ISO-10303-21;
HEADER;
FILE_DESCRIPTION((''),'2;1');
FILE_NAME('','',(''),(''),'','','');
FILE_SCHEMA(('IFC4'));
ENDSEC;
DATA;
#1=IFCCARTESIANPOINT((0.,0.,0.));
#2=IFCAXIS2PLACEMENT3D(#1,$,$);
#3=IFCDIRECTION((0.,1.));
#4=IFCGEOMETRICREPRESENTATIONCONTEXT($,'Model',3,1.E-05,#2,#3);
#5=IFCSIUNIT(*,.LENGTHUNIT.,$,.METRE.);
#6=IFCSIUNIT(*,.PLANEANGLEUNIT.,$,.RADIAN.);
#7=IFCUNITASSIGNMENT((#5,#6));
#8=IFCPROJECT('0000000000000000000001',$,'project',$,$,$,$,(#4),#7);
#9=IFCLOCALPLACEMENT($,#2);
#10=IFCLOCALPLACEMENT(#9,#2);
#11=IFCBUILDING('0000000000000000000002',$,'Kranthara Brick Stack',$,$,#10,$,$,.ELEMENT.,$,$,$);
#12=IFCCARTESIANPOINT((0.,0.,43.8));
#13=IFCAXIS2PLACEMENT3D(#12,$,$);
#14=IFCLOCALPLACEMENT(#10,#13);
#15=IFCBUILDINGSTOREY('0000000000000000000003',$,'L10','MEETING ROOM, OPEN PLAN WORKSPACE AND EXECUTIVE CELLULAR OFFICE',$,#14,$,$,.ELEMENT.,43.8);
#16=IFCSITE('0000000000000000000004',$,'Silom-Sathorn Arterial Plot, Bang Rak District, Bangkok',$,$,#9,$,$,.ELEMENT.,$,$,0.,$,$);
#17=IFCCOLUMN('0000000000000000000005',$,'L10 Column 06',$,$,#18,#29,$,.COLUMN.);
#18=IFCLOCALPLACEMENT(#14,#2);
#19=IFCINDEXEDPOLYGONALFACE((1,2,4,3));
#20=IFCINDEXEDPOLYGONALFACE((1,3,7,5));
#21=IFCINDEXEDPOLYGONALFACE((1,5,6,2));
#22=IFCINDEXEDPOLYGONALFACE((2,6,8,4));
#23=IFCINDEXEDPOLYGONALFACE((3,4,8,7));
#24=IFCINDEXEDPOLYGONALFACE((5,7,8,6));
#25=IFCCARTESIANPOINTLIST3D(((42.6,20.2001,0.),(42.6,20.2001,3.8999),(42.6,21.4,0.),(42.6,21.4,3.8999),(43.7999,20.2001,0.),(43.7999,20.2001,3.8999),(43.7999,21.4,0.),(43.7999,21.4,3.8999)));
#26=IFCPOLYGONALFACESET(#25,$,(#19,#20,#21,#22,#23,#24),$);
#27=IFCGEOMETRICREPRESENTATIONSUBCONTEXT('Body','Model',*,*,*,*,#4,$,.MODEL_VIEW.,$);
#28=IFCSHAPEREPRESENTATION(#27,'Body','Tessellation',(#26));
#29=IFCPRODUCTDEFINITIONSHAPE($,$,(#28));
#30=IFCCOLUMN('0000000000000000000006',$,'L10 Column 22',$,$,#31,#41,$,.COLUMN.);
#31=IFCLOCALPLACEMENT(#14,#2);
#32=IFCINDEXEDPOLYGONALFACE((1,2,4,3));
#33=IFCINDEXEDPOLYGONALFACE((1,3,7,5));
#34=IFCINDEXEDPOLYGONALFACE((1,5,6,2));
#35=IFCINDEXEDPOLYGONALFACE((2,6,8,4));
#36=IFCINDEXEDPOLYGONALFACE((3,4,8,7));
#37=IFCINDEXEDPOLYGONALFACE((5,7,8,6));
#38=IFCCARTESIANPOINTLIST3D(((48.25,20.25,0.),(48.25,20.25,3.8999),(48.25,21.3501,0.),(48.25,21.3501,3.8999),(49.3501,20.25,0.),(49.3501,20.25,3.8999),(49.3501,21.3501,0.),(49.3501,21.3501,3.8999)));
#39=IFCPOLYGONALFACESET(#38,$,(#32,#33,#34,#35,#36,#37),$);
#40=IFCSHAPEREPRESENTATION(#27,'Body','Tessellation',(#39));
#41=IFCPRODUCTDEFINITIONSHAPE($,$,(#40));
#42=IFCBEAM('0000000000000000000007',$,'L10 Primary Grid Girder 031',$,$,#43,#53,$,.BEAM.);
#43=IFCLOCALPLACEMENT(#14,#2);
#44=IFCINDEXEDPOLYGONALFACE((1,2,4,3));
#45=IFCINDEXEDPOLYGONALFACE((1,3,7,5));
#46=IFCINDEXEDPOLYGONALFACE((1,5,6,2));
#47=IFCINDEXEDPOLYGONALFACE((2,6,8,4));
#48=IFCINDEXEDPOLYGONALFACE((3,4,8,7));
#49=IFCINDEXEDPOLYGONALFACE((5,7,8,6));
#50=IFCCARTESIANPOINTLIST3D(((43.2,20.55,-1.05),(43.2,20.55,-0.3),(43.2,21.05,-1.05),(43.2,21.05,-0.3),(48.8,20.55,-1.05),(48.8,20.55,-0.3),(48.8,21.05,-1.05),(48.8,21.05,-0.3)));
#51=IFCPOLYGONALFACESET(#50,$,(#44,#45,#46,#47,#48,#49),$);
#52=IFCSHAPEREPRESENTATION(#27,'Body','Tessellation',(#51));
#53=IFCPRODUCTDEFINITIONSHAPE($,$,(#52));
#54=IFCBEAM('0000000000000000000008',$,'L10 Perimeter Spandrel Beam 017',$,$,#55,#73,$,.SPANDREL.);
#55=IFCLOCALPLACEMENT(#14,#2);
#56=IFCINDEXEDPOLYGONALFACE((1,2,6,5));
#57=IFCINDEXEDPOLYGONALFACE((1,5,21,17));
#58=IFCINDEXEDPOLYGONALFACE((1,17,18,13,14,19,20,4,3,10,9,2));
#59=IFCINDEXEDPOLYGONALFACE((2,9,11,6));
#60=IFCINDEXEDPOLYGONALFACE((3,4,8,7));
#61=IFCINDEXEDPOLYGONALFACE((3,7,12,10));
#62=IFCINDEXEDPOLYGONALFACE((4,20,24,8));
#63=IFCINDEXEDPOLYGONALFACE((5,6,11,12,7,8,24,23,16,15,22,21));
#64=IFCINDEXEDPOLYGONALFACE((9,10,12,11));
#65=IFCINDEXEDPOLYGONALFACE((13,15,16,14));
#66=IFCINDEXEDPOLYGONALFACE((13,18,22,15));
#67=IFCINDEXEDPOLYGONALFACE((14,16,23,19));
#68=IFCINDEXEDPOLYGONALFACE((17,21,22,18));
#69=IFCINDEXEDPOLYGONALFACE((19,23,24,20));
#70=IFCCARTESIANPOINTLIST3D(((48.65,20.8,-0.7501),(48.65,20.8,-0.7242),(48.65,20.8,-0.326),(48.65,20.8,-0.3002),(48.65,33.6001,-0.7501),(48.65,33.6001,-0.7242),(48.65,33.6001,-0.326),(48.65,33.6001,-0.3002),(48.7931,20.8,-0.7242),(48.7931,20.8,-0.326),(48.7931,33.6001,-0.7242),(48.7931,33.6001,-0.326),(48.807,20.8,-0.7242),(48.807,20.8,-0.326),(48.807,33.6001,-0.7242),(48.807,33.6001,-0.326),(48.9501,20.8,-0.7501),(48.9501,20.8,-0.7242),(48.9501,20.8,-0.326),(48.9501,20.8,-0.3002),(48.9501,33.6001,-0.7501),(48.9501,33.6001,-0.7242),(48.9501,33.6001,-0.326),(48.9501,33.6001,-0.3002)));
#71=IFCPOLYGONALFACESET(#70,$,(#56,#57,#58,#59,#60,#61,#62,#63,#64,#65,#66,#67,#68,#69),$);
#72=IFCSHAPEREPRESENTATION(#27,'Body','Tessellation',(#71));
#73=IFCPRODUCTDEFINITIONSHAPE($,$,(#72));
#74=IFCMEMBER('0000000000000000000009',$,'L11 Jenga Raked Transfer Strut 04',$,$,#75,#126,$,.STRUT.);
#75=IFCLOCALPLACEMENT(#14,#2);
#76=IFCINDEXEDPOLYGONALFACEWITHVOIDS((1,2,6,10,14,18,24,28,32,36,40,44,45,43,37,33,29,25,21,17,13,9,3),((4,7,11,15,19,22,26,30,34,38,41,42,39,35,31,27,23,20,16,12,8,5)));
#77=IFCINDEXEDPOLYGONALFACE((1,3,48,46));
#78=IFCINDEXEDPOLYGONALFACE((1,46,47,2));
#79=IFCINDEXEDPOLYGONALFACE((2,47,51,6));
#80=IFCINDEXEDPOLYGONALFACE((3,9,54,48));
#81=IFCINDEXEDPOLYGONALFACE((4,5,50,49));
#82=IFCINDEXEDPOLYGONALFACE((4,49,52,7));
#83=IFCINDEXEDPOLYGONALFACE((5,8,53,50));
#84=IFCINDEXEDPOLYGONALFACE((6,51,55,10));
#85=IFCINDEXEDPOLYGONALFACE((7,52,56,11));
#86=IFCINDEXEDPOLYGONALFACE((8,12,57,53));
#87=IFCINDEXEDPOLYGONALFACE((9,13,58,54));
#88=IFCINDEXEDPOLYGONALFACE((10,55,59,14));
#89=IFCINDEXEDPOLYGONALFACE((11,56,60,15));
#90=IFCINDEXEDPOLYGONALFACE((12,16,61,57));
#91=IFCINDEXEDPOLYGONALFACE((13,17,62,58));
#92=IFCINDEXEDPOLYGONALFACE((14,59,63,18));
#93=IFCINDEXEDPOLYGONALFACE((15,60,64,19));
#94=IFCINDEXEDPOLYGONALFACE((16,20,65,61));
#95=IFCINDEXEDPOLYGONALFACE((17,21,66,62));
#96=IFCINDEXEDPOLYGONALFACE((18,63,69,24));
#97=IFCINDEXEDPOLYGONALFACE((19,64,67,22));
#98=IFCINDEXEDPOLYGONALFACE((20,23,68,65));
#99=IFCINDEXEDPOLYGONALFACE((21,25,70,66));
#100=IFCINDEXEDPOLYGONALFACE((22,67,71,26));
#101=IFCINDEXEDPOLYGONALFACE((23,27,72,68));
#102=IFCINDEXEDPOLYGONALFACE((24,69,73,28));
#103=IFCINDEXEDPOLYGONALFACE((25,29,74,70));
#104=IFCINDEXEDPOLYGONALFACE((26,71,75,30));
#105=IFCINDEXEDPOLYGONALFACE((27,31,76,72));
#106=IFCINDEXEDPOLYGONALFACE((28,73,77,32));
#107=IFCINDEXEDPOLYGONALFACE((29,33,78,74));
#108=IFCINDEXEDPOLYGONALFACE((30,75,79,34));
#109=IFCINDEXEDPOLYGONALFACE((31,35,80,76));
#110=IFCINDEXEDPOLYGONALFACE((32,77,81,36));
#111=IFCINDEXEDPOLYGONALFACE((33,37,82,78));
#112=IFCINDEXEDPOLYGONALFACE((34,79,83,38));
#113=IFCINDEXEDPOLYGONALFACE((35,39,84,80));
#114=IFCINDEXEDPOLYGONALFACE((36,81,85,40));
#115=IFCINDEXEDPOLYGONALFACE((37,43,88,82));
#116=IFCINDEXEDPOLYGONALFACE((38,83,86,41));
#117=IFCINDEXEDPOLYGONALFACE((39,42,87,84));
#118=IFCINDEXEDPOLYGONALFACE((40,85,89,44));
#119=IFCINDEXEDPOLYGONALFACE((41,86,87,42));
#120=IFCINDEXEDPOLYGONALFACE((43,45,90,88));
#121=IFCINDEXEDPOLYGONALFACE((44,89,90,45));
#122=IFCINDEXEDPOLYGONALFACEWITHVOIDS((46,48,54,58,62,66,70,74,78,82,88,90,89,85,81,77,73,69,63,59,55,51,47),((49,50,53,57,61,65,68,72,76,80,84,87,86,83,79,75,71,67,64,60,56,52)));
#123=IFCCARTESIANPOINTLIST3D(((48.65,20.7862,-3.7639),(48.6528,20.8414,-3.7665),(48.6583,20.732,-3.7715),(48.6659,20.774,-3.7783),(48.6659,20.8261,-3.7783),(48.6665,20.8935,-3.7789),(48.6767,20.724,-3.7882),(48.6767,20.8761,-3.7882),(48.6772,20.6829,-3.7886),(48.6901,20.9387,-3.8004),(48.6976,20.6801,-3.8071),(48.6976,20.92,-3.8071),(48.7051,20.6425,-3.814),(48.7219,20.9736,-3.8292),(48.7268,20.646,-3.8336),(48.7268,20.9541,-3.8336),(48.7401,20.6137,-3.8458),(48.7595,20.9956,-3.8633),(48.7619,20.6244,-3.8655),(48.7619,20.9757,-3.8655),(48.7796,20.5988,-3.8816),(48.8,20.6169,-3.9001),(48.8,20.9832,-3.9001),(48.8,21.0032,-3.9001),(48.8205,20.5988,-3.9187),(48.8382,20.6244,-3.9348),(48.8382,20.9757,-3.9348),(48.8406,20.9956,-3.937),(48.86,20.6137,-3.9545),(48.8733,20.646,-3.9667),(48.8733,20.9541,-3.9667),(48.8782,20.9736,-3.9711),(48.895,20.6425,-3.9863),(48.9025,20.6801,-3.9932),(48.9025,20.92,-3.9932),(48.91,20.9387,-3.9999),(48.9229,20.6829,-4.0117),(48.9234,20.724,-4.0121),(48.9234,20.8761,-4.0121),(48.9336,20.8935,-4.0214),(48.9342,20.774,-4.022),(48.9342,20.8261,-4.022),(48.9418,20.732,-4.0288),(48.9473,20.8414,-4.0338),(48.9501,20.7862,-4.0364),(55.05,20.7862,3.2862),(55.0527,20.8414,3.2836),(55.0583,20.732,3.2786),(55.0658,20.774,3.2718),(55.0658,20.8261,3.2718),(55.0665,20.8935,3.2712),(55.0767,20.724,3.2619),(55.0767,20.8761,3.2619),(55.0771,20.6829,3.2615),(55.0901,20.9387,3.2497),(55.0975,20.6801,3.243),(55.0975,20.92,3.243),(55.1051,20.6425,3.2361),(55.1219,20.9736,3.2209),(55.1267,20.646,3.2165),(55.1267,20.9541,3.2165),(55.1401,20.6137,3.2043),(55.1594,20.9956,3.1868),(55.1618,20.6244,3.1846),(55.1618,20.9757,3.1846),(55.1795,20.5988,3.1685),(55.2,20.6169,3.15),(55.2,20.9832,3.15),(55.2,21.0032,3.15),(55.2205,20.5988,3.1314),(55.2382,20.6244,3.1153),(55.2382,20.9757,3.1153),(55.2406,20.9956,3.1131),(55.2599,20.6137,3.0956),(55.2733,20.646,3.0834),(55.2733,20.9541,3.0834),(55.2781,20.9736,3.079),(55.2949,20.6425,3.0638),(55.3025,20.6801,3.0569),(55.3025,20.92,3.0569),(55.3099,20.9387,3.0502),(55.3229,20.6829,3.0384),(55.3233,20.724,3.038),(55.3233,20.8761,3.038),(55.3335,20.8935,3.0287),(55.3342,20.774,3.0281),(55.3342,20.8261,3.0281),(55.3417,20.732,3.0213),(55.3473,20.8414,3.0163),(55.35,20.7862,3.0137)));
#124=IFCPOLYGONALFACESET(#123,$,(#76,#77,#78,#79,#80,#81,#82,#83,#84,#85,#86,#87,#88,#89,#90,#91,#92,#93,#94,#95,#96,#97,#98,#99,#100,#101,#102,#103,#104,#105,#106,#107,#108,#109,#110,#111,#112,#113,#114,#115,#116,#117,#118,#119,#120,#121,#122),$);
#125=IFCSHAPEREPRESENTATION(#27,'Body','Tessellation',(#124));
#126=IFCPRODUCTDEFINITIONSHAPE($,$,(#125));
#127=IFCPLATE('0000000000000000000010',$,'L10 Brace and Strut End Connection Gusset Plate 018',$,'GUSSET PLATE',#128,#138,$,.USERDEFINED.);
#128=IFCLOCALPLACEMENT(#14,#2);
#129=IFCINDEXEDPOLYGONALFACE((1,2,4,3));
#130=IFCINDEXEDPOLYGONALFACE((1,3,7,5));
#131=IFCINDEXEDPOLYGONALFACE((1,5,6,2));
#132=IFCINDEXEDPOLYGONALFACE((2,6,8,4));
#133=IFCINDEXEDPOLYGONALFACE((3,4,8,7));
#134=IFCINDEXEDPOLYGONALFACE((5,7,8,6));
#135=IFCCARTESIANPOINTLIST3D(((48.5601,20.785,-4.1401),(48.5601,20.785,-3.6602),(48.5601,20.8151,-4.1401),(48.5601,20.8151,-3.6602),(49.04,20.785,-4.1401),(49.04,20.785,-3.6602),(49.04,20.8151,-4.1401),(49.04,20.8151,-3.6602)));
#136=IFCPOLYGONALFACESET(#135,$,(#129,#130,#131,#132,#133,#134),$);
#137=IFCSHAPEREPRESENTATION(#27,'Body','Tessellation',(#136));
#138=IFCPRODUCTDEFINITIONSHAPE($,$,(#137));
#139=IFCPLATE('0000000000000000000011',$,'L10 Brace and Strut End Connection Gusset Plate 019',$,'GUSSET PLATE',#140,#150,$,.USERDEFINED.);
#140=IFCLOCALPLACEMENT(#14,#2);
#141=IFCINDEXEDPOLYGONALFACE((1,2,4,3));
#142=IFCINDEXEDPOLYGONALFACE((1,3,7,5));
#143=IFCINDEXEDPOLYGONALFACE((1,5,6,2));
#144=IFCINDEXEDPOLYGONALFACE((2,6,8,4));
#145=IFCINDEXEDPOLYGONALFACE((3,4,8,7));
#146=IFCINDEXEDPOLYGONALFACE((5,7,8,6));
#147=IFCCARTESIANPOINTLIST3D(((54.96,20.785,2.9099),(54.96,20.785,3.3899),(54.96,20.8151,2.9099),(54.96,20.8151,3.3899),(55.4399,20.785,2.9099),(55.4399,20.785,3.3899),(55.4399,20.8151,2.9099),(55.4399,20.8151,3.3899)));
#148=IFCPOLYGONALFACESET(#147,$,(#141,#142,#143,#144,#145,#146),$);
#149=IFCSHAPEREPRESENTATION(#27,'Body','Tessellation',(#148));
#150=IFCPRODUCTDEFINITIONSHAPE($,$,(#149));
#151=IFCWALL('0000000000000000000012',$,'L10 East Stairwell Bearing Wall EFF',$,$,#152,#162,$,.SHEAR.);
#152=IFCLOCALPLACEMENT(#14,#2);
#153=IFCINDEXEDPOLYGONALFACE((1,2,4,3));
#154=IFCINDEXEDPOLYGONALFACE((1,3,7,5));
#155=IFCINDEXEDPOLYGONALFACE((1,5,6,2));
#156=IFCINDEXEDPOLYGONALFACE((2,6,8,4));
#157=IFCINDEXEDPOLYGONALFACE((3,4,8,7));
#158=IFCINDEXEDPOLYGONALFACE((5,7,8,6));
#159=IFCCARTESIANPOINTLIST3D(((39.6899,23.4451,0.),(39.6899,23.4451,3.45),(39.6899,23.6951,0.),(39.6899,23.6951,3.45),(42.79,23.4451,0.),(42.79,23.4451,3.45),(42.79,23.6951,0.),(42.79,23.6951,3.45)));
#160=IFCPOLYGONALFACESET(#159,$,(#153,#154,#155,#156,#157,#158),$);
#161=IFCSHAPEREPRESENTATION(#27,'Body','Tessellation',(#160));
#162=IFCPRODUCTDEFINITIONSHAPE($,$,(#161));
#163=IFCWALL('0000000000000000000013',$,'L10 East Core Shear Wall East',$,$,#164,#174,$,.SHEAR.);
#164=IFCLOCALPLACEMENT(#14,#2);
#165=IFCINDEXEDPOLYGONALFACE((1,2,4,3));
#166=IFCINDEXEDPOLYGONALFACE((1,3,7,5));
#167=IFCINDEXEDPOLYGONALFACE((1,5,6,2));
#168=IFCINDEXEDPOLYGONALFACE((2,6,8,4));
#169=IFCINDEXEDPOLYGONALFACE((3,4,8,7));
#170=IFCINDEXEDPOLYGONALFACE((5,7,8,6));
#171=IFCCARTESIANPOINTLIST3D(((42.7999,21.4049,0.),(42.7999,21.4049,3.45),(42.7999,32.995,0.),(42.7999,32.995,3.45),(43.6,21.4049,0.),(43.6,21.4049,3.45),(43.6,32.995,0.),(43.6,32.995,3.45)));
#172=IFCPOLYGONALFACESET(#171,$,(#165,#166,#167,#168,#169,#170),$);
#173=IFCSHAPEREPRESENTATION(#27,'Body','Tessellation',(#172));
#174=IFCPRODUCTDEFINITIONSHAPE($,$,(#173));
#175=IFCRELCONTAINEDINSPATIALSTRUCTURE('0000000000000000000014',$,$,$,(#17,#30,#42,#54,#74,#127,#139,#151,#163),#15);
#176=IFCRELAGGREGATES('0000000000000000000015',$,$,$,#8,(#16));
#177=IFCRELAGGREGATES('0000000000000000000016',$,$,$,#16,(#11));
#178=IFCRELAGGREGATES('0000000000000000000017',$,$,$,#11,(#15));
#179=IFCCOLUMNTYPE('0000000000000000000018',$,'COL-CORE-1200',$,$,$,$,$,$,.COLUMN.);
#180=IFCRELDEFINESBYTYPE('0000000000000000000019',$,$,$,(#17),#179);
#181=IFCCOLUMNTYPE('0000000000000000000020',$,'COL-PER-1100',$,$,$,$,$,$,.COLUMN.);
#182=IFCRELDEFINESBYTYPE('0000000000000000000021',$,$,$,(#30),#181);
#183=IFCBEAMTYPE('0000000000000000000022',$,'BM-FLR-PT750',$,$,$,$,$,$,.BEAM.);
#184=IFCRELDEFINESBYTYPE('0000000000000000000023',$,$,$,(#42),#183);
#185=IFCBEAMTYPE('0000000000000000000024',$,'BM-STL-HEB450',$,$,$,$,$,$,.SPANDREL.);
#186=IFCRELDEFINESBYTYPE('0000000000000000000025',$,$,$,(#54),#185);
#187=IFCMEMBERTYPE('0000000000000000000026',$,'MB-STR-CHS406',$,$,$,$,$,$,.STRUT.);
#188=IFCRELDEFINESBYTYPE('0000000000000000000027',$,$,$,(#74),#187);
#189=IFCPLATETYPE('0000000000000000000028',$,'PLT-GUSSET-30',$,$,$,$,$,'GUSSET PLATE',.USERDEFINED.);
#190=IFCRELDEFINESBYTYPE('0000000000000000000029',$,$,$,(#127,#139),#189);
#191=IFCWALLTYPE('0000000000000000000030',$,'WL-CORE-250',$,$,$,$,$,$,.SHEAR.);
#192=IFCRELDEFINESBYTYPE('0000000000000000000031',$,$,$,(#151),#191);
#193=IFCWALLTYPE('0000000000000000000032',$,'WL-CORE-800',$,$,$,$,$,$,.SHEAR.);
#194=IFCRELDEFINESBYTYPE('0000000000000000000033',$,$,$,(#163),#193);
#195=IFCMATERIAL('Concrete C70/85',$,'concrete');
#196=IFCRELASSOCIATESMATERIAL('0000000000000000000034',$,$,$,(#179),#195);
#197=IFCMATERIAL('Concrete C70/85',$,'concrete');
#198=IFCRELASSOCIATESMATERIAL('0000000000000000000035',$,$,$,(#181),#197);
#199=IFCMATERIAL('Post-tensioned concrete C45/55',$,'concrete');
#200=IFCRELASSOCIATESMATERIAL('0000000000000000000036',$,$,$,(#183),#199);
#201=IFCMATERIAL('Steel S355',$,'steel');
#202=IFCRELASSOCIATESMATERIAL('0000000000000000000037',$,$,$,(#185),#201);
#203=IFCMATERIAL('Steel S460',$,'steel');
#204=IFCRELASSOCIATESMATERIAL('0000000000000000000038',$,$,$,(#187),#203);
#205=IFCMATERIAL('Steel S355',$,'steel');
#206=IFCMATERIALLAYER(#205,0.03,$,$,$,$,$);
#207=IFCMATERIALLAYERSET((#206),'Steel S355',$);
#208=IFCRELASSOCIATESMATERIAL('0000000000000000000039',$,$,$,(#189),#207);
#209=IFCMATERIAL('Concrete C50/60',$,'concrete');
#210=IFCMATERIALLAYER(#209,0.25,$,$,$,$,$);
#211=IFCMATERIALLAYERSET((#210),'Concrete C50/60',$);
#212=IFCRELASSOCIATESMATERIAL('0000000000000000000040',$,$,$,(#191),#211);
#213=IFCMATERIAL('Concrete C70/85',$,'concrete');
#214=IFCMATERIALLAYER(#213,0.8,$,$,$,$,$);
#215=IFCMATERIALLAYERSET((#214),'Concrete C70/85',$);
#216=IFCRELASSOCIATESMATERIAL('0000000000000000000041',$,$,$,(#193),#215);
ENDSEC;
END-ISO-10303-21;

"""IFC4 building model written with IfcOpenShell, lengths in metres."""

from ifc_helpers import new_model, si_unit, direction, frame, frame_2d, origin, origin_2d, place, context, subcontext, project, spatial, rectangle, hollow_circle, i_section, extrude, material, layer, layer_set, material_profile, profile_set, type_object, element, save


model = new_model("IFC4")

# Units and contexts
model_context = context("Model", 3, precision=1e-05, world=origin(), true_north=direction((0.0, 1.0)))
body_context = subcontext(model_context, "Body", "Model", "MODEL_VIEW")
ifc_project = project(units=[si_unit("LENGTHUNIT", "METRE"), si_unit("PLANEANGLEUNIT", "RADIAN")], contexts=[model_context])

# Site, building, storey
site_placement = place(None, origin())
site = spatial("IfcSite", under=ifc_project, at=site_placement, Name="Silom-Sathorn Arterial Plot, Bang Rak District, Bangkok", CompositionType="ELEMENT", RefElevation=0.0)
building_placement = place(site_placement, origin())
building = spatial("IfcBuilding", under=site, at=building_placement, Name="Kranthara Brick Stack", CompositionType="ELEMENT")
storey_placement = place(building_placement, frame((0.0, 0.0, 43.8)))
storey = spatial("IfcBuildingStorey", under=building, at=storey_placement, Name="L10", Description="MEETING ROOM, OPEN PLAN WORKSPACE AND EXECUTIVE CELLULAR OFFICE", CompositionType="ELEMENT", Elevation=43.8)

# Columns
ifc_material_1 = material(Name="Concrete C70/85", Category="concrete")
ifc_material_profile_1 = material_profile(ifc_material_1, rectangle(XDim=1.2, YDim=1.2, at=origin_2d()), Name="RC 1200x1200")
ifc_profile_set_1 = profile_set([ifc_material_profile_1], Name="Concrete C70/85")
column_type_1 = type_object("IfcColumnType", Name="COL-CORE-1200", PredefinedType="COLUMN", material=ifc_profile_set_1)
column_1_placement = place(storey_placement, frame((43.2, 20.8, 0.0), z_axis=(0.0, 0.0, 1.0), x_axis=(1.0, 0.0, 0.0)))
element("IfcColumn", 1, at=column_1_placement, inside=storey, type_object=column_type_1, Name="L10 Column 06", PredefinedType="COLUMN", context=body_context, shape_type="SweptSolid", body=[
    extrude(rectangle(XDim=1.2, YDim=1.2, at=origin_2d()), origin(), (0.0, 0.0, 1.0), 3.8999),
])
ifc_material_2 = material(Name="Concrete C70/85", Category="concrete")
ifc_material_profile_2 = material_profile(ifc_material_2, rectangle(XDim=1.1001, YDim=1.1001, at=origin_2d()), Name="RC 1100x1100")
ifc_profile_set_2 = profile_set([ifc_material_profile_2], Name="Concrete C70/85")
column_type_2 = type_object("IfcColumnType", Name="COL-PER-1100", PredefinedType="COLUMN", material=ifc_profile_set_2)
column_2_placement = place(storey_placement, frame((48.8, 20.8, 0.0), z_axis=(0.0, 0.0, 1.0), x_axis=(1.0, 0.0, 0.0)))
element("IfcColumn", 2, at=column_2_placement, inside=storey, type_object=column_type_2, Name="L10 Column 22", PredefinedType="COLUMN", context=body_context, shape_type="SweptSolid", body=[
    extrude(rectangle(XDim=1.1001, YDim=1.1001, at=origin_2d()), origin(), (0.0, 0.0, 1.0), 3.8999),
])

# Beams
ifc_material_3 = material(Name="Post-tensioned concrete C45/55", Category="concrete")
ifc_material_profile_3 = material_profile(ifc_material_3, rectangle(XDim=0.5, YDim=0.75, at=origin_2d()), Name="PT 500x750")
ifc_profile_set_3 = profile_set([ifc_material_profile_3], Name="Post-tensioned concrete C45/55")
beam_type_1 = type_object("IfcBeamType", Name="BM-FLR-PT750", PredefinedType="BEAM", material=ifc_profile_set_3)
beam_1_placement = place(storey_placement, frame((43.2, 20.8, -0.675), z_axis=(1.0, 0.0, 0.0), x_axis=(0.0, 1.0, 0.0)))
element("IfcBeam", 3, at=beam_1_placement, inside=storey, type_object=beam_type_1, Name="L10 Primary Grid Girder 031", PredefinedType="BEAM", context=body_context, shape_type="SweptSolid", body=[
    extrude(rectangle(XDim=0.5, YDim=0.75, at=origin_2d()), origin(), (0.0, 0.0, 1.0), 5.6001),
])
ifc_material_4 = material(Name="Steel S355", Category="steel")
ifc_material_profile_4 = material_profile(ifc_material_4, i_section(OverallWidth=0.3, OverallDepth=0.45, WebThickness=0.0139, FlangeThickness=0.0259, at=origin_2d()), Name="HEB 450")
ifc_profile_set_4 = profile_set([ifc_material_profile_4], Name="Steel S355")
beam_type_2 = type_object("IfcBeamType", Name="BM-STL-HEB450", PredefinedType="SPANDREL", material=ifc_profile_set_4)
beam_2_placement = place(storey_placement, frame((48.8, 20.8, -0.5251), z_axis=(0.0, 1.0, 0.0), x_axis=(-1.0, 0.0, 0.0)))
element("IfcBeam", 4, at=beam_2_placement, inside=storey, type_object=beam_type_2, Name="L10 Perimeter Spandrel Beam 017", PredefinedType="SPANDREL", context=body_context, shape_type="SweptSolid", body=[
    extrude(i_section(OverallWidth=0.3, OverallDepth=0.45, WebThickness=0.0139, FlangeThickness=0.0259, at=origin_2d()), origin(), (0.0, 0.0, 1.0), 12.8),
])

# Member
ifc_material_5 = material(Name="Steel S460", Category="steel")
ifc_material_profile_5 = material_profile(ifc_material_5, hollow_circle(Radius=0.2031, WallThickness=0.02, at=origin_2d()), Name="CHS 406.4x20")
ifc_profile_set_5 = profile_set([ifc_material_profile_5], Name="Steel S460")
member_type = type_object("IfcMemberType", Name="MB-STR-CHS406", PredefinedType="STRUT", material=ifc_profile_set_5)
member_placement = place(storey_placement, frame((48.8, 20.8, -3.9001), z_axis=(0.672142, 0.0, 0.740423), x_axis=(0.0, 1.0, 0.0)))
element("IfcMember", 5, at=member_placement, inside=storey, type_object=member_type, Name="L11 Jenga Raked Transfer Strut 04", PredefinedType="STRUT", context=body_context, shape_type="SweptSolid", body=[
    extrude(hollow_circle(Radius=0.2031, WallThickness=0.02, at=origin_2d()), origin(), (0.0, 0.0, 1.0), 9.5217),
])

# Plates
ifc_material_6 = material(Name="Steel S355", Category="steel")
ifc_layer_1 = layer(ifc_material_6, 0.03)
ifc_layer_set_1 = layer_set([ifc_layer_1], Name="Steel S355")
plate_type = type_object("IfcPlateType", Name="PLT-GUSSET-30", ElementType="GUSSET PLATE", PredefinedType="USERDEFINED", material=ifc_layer_set_1)
for number, where, z_axis, x_axis, name in (
    (6, (48.8, 20.8, -4.1401), (0.0, 0.0, 1.0), (1.0, 0.0, 0.0), "L10 Brace and Strut End Connection Gusset Plate 018"),
    (7, (55.2, 20.8, 2.9099), (0.0, 0.0, 1.0), (1.0, 0.0, 0.0), "L10 Brace and Strut End Connection Gusset Plate 019"),
):
    element("IfcPlate", number, at=place(storey_placement, frame(where, z_axis=z_axis, x_axis=x_axis)), inside=storey, type_object=plate_type, Name=name, ObjectType="GUSSET PLATE", PredefinedType="USERDEFINED", context=body_context, shape_type="SweptSolid", body=[
        extrude(rectangle(XDim=0.48, YDim=0.03, at=origin_2d()), origin(), (0.0, 0.0, 1.0), 0.48),
    ])

# Shared definitions
ifc_material_7 = material(Name="Concrete C50/60", Category="concrete")
ifc_layer_2 = layer(ifc_material_7, 0.25)
ifc_layer_set_2 = layer_set([ifc_layer_2], Name="Concrete C50/60")
wall_type_1 = type_object("IfcWallType", Name="WL-CORE-250", PredefinedType="SHEAR", material=ifc_layer_set_2)

# Walls
wall_1_placement = place(storey_placement, frame((39.6899, 23.5701, 0.0), z_axis=(0.0, 0.0, 1.0), x_axis=(1.0, 0.0, 0.0)))
element("IfcWall", 8, at=wall_1_placement, inside=storey, type_object=wall_type_1, Name="L10 East Stairwell Bearing Wall EFF", PredefinedType="SHEAR", context=body_context, shape_type="SweptSolid", body=[
    extrude(rectangle(XDim=3.1001, YDim=0.25, at=frame_2d((1.55, 0.0))), origin(), (0.0, 0.0, 1.0), 3.45),
])
ifc_material_8 = material(Name="Concrete C70/85", Category="concrete")
ifc_layer_3 = layer(ifc_material_8, 0.8)
ifc_layer_set_3 = layer_set([ifc_layer_3], Name="Concrete C70/85")
wall_type_2 = type_object("IfcWallType", Name="WL-CORE-800", PredefinedType="SHEAR", material=ifc_layer_set_3)
wall_2_placement = place(storey_placement, frame((43.2, 21.405, 0.0), z_axis=(0.0, 0.0, 1.0), x_axis=(0.0, 1.0, 0.0)))
element("IfcWall", 9, at=wall_2_placement, inside=storey, type_object=wall_type_2, Name="L10 East Core Shear Wall East", PredefinedType="SHEAR", context=body_context, shape_type="SweptSolid", body=[
    extrude(rectangle(XDim=11.5901, YDim=0.8, at=frame_2d((5.7949, 0.0))), origin(), (0.0, 0.0, 1.0), 3.45),
])

save(model, "model.ifc")
